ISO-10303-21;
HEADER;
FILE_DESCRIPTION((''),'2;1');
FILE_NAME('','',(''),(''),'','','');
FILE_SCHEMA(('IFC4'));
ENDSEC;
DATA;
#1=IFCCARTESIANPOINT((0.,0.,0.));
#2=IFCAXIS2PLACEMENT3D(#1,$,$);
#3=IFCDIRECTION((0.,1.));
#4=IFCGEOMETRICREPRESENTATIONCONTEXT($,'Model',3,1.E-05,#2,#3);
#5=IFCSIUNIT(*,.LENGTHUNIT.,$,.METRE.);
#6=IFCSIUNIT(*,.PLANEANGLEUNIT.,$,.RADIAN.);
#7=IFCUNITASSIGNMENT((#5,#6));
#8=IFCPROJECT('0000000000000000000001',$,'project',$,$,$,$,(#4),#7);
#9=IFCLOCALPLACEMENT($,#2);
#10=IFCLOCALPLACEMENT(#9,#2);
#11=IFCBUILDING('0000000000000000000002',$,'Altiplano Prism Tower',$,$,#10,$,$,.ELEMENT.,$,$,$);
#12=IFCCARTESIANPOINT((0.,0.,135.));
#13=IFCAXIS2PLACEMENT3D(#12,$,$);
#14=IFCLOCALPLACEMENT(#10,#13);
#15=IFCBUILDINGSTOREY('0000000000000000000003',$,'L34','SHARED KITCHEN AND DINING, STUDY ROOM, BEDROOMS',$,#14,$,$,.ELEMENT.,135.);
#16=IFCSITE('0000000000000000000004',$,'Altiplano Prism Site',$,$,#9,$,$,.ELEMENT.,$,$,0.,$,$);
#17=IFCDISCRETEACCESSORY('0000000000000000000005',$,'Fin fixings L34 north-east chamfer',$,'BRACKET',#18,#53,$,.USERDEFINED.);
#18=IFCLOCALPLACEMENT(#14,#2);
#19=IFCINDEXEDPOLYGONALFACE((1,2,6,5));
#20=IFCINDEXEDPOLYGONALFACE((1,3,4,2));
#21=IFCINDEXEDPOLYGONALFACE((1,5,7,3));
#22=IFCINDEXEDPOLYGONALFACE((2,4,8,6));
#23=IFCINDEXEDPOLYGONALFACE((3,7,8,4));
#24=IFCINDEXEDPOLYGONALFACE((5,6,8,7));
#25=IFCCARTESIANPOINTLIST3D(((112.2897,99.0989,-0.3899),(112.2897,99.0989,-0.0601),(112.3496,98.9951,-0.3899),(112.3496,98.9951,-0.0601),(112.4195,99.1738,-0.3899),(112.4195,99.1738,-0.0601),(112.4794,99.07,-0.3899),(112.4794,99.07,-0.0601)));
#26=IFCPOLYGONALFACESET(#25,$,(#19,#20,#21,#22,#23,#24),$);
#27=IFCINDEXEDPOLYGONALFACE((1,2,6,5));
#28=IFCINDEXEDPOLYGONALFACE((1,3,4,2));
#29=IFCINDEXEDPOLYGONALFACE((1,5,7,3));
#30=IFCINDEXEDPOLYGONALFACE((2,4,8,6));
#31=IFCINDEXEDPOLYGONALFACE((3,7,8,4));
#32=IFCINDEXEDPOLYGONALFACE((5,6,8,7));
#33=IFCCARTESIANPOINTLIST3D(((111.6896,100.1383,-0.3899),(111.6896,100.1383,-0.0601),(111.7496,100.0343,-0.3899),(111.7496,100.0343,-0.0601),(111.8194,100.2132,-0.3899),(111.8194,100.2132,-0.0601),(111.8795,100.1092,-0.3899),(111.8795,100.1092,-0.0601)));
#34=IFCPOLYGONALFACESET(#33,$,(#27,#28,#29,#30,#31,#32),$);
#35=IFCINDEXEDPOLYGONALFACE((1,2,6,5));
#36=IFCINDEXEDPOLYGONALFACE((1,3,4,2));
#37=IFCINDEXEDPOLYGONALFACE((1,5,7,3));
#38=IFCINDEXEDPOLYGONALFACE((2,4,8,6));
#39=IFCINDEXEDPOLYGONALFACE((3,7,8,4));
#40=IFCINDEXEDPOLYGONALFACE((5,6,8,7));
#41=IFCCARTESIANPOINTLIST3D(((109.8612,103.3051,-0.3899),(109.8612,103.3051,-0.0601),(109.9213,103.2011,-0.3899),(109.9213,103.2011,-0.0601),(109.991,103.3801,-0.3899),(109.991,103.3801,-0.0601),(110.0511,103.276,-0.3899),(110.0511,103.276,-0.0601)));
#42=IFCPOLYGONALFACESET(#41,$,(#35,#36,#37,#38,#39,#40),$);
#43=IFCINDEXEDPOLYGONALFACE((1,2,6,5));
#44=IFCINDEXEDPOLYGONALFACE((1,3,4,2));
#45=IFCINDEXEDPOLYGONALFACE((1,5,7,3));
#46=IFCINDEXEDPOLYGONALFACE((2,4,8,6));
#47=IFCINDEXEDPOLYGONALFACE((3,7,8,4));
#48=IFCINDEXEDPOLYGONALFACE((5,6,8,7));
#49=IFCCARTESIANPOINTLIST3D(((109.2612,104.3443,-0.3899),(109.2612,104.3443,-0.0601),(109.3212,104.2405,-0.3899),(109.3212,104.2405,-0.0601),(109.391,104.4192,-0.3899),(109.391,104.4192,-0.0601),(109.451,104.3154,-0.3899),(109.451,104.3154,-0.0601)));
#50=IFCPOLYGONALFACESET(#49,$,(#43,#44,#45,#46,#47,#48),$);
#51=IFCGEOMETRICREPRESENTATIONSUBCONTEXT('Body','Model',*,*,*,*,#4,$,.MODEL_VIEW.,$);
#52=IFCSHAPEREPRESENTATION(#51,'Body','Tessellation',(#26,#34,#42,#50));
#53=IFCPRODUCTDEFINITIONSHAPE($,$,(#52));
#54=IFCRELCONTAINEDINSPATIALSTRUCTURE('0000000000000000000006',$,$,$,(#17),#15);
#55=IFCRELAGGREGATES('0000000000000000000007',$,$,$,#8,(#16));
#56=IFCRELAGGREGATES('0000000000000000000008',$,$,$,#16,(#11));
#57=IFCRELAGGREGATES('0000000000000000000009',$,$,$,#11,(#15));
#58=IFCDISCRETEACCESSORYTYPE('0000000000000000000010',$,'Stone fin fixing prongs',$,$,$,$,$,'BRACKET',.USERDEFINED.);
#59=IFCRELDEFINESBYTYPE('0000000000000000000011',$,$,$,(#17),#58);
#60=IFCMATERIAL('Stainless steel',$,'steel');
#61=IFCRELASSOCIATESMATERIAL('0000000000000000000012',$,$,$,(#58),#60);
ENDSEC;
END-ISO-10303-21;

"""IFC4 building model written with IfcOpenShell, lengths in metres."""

from ifc_helpers import new_model, si_unit, direction, frame, origin, place, context, subcontext, project, spatial, polyline, outline, extrude, source, transform, mapped, material, type_object, element, save


model = new_model("IFC4")

# Units and contexts
model_context = context("Model", 3, precision=1e-05, world=origin(), true_north=direction((0.0, 1.0)))
body_context = subcontext(model_context, "Body", "Model", "MODEL_VIEW")
ifc_project = project(units=[si_unit("LENGTHUNIT", "METRE"), si_unit("PLANEANGLEUNIT", "RADIAN")], contexts=[model_context])

# Site, building, storey
site_placement = place(None, origin())
site = spatial("IfcSite", under=ifc_project, at=site_placement, Name="Altiplano Prism Site", CompositionType="ELEMENT", RefElevation=0.0)
building_placement = place(site_placement, origin())
building = spatial("IfcBuilding", under=site, at=building_placement, Name="Altiplano Prism Tower", CompositionType="ELEMENT")
storey_placement = place(building_placement, frame((0.0, 0.0, 135.0)))
storey = spatial("IfcBuildingStorey", under=building, at=storey_placement, Name="L34", Description="SHARED KITCHEN AND DINING, STUDY ROOM, BEDROOMS", CompositionType="ELEMENT", Elevation=135.0)

# Discrete accessory
ifc_material_1 = material(Name="Stainless steel", Category="steel")
discrete_accessory_type = type_object("IfcDiscreteAccessoryType", Name="Stone fin fixing prongs", ElementType="BRACKET", PredefinedType="USERDEFINED", material=ifc_material_1)
shared_shape_1 = source(origin(), body_context, "Body", "SweptSolid", [
    extrude(outline(polyline([(-3.0884, 0.0601), (-2.9685, 0.0601), (-2.9685, 0.3899), (-3.0884, 0.3899), (-3.0884, 0.0601)])), frame((0.0, 0.0, 0.0), z_axis=(0.0, -1.0, 0.0), x_axis=(1.0, 0.0, 0.0)), (0.0, 0.0, 1.0), 0.1499),
    extrude(outline(polyline([(-1.8884, 0.0601), (-1.7683, 0.0601), (-1.7683, 0.3899), (-1.8884, 0.3899), (-1.8884, 0.0601)])), frame((0.0, 0.0, 0.0), z_axis=(0.0, -1.0, 0.0), x_axis=(1.0, 0.0, 0.0)), (0.0, 0.0, 1.0), 0.1499),
    extrude(outline(polyline([(1.7683, 0.0601), (1.8884, 0.0601), (1.8884, 0.3899), (1.7683, 0.3899), (1.7683, 0.0601)])), frame((0.0, 0.0, 0.0), z_axis=(0.0, -1.0, 0.0), x_axis=(1.0, 0.0, 0.0)), (0.0, 0.0, 1.0), 0.1499),
    extrude(outline(polyline([(2.9685, 0.0601), (3.0884, 0.0601), (3.0884, 0.3899), (2.9685, 0.3899), (2.9685, 0.0601)])), frame((0.0, 0.0, 0.0), z_axis=(0.0, -1.0, 0.0), x_axis=(1.0, 0.0, 0.0)), (0.0, 0.0, 1.0), 0.1499),
])
discrete_accessory_1_placement = place(storey_placement, origin())
element("IfcDiscreteAccessory", 1, at=discrete_accessory_1_placement, inside=storey, type_object=discrete_accessory_type, Name="Fin fixings L34 north-east chamfer", ObjectType="BRACKET", PredefinedType="USERDEFINED", context=body_context, shape_type="MappedRepresentation", body=[
    mapped(shared_shape_1, transform((110.8054, 101.6697, -0.45), x_axis=(-0.5, 0.866025, 0.0), y_axis=(-0.866025, -0.5, 0.0), z_axis=(0.0, 0.0, 1.0))),
])

save(model, "model.ifc")
